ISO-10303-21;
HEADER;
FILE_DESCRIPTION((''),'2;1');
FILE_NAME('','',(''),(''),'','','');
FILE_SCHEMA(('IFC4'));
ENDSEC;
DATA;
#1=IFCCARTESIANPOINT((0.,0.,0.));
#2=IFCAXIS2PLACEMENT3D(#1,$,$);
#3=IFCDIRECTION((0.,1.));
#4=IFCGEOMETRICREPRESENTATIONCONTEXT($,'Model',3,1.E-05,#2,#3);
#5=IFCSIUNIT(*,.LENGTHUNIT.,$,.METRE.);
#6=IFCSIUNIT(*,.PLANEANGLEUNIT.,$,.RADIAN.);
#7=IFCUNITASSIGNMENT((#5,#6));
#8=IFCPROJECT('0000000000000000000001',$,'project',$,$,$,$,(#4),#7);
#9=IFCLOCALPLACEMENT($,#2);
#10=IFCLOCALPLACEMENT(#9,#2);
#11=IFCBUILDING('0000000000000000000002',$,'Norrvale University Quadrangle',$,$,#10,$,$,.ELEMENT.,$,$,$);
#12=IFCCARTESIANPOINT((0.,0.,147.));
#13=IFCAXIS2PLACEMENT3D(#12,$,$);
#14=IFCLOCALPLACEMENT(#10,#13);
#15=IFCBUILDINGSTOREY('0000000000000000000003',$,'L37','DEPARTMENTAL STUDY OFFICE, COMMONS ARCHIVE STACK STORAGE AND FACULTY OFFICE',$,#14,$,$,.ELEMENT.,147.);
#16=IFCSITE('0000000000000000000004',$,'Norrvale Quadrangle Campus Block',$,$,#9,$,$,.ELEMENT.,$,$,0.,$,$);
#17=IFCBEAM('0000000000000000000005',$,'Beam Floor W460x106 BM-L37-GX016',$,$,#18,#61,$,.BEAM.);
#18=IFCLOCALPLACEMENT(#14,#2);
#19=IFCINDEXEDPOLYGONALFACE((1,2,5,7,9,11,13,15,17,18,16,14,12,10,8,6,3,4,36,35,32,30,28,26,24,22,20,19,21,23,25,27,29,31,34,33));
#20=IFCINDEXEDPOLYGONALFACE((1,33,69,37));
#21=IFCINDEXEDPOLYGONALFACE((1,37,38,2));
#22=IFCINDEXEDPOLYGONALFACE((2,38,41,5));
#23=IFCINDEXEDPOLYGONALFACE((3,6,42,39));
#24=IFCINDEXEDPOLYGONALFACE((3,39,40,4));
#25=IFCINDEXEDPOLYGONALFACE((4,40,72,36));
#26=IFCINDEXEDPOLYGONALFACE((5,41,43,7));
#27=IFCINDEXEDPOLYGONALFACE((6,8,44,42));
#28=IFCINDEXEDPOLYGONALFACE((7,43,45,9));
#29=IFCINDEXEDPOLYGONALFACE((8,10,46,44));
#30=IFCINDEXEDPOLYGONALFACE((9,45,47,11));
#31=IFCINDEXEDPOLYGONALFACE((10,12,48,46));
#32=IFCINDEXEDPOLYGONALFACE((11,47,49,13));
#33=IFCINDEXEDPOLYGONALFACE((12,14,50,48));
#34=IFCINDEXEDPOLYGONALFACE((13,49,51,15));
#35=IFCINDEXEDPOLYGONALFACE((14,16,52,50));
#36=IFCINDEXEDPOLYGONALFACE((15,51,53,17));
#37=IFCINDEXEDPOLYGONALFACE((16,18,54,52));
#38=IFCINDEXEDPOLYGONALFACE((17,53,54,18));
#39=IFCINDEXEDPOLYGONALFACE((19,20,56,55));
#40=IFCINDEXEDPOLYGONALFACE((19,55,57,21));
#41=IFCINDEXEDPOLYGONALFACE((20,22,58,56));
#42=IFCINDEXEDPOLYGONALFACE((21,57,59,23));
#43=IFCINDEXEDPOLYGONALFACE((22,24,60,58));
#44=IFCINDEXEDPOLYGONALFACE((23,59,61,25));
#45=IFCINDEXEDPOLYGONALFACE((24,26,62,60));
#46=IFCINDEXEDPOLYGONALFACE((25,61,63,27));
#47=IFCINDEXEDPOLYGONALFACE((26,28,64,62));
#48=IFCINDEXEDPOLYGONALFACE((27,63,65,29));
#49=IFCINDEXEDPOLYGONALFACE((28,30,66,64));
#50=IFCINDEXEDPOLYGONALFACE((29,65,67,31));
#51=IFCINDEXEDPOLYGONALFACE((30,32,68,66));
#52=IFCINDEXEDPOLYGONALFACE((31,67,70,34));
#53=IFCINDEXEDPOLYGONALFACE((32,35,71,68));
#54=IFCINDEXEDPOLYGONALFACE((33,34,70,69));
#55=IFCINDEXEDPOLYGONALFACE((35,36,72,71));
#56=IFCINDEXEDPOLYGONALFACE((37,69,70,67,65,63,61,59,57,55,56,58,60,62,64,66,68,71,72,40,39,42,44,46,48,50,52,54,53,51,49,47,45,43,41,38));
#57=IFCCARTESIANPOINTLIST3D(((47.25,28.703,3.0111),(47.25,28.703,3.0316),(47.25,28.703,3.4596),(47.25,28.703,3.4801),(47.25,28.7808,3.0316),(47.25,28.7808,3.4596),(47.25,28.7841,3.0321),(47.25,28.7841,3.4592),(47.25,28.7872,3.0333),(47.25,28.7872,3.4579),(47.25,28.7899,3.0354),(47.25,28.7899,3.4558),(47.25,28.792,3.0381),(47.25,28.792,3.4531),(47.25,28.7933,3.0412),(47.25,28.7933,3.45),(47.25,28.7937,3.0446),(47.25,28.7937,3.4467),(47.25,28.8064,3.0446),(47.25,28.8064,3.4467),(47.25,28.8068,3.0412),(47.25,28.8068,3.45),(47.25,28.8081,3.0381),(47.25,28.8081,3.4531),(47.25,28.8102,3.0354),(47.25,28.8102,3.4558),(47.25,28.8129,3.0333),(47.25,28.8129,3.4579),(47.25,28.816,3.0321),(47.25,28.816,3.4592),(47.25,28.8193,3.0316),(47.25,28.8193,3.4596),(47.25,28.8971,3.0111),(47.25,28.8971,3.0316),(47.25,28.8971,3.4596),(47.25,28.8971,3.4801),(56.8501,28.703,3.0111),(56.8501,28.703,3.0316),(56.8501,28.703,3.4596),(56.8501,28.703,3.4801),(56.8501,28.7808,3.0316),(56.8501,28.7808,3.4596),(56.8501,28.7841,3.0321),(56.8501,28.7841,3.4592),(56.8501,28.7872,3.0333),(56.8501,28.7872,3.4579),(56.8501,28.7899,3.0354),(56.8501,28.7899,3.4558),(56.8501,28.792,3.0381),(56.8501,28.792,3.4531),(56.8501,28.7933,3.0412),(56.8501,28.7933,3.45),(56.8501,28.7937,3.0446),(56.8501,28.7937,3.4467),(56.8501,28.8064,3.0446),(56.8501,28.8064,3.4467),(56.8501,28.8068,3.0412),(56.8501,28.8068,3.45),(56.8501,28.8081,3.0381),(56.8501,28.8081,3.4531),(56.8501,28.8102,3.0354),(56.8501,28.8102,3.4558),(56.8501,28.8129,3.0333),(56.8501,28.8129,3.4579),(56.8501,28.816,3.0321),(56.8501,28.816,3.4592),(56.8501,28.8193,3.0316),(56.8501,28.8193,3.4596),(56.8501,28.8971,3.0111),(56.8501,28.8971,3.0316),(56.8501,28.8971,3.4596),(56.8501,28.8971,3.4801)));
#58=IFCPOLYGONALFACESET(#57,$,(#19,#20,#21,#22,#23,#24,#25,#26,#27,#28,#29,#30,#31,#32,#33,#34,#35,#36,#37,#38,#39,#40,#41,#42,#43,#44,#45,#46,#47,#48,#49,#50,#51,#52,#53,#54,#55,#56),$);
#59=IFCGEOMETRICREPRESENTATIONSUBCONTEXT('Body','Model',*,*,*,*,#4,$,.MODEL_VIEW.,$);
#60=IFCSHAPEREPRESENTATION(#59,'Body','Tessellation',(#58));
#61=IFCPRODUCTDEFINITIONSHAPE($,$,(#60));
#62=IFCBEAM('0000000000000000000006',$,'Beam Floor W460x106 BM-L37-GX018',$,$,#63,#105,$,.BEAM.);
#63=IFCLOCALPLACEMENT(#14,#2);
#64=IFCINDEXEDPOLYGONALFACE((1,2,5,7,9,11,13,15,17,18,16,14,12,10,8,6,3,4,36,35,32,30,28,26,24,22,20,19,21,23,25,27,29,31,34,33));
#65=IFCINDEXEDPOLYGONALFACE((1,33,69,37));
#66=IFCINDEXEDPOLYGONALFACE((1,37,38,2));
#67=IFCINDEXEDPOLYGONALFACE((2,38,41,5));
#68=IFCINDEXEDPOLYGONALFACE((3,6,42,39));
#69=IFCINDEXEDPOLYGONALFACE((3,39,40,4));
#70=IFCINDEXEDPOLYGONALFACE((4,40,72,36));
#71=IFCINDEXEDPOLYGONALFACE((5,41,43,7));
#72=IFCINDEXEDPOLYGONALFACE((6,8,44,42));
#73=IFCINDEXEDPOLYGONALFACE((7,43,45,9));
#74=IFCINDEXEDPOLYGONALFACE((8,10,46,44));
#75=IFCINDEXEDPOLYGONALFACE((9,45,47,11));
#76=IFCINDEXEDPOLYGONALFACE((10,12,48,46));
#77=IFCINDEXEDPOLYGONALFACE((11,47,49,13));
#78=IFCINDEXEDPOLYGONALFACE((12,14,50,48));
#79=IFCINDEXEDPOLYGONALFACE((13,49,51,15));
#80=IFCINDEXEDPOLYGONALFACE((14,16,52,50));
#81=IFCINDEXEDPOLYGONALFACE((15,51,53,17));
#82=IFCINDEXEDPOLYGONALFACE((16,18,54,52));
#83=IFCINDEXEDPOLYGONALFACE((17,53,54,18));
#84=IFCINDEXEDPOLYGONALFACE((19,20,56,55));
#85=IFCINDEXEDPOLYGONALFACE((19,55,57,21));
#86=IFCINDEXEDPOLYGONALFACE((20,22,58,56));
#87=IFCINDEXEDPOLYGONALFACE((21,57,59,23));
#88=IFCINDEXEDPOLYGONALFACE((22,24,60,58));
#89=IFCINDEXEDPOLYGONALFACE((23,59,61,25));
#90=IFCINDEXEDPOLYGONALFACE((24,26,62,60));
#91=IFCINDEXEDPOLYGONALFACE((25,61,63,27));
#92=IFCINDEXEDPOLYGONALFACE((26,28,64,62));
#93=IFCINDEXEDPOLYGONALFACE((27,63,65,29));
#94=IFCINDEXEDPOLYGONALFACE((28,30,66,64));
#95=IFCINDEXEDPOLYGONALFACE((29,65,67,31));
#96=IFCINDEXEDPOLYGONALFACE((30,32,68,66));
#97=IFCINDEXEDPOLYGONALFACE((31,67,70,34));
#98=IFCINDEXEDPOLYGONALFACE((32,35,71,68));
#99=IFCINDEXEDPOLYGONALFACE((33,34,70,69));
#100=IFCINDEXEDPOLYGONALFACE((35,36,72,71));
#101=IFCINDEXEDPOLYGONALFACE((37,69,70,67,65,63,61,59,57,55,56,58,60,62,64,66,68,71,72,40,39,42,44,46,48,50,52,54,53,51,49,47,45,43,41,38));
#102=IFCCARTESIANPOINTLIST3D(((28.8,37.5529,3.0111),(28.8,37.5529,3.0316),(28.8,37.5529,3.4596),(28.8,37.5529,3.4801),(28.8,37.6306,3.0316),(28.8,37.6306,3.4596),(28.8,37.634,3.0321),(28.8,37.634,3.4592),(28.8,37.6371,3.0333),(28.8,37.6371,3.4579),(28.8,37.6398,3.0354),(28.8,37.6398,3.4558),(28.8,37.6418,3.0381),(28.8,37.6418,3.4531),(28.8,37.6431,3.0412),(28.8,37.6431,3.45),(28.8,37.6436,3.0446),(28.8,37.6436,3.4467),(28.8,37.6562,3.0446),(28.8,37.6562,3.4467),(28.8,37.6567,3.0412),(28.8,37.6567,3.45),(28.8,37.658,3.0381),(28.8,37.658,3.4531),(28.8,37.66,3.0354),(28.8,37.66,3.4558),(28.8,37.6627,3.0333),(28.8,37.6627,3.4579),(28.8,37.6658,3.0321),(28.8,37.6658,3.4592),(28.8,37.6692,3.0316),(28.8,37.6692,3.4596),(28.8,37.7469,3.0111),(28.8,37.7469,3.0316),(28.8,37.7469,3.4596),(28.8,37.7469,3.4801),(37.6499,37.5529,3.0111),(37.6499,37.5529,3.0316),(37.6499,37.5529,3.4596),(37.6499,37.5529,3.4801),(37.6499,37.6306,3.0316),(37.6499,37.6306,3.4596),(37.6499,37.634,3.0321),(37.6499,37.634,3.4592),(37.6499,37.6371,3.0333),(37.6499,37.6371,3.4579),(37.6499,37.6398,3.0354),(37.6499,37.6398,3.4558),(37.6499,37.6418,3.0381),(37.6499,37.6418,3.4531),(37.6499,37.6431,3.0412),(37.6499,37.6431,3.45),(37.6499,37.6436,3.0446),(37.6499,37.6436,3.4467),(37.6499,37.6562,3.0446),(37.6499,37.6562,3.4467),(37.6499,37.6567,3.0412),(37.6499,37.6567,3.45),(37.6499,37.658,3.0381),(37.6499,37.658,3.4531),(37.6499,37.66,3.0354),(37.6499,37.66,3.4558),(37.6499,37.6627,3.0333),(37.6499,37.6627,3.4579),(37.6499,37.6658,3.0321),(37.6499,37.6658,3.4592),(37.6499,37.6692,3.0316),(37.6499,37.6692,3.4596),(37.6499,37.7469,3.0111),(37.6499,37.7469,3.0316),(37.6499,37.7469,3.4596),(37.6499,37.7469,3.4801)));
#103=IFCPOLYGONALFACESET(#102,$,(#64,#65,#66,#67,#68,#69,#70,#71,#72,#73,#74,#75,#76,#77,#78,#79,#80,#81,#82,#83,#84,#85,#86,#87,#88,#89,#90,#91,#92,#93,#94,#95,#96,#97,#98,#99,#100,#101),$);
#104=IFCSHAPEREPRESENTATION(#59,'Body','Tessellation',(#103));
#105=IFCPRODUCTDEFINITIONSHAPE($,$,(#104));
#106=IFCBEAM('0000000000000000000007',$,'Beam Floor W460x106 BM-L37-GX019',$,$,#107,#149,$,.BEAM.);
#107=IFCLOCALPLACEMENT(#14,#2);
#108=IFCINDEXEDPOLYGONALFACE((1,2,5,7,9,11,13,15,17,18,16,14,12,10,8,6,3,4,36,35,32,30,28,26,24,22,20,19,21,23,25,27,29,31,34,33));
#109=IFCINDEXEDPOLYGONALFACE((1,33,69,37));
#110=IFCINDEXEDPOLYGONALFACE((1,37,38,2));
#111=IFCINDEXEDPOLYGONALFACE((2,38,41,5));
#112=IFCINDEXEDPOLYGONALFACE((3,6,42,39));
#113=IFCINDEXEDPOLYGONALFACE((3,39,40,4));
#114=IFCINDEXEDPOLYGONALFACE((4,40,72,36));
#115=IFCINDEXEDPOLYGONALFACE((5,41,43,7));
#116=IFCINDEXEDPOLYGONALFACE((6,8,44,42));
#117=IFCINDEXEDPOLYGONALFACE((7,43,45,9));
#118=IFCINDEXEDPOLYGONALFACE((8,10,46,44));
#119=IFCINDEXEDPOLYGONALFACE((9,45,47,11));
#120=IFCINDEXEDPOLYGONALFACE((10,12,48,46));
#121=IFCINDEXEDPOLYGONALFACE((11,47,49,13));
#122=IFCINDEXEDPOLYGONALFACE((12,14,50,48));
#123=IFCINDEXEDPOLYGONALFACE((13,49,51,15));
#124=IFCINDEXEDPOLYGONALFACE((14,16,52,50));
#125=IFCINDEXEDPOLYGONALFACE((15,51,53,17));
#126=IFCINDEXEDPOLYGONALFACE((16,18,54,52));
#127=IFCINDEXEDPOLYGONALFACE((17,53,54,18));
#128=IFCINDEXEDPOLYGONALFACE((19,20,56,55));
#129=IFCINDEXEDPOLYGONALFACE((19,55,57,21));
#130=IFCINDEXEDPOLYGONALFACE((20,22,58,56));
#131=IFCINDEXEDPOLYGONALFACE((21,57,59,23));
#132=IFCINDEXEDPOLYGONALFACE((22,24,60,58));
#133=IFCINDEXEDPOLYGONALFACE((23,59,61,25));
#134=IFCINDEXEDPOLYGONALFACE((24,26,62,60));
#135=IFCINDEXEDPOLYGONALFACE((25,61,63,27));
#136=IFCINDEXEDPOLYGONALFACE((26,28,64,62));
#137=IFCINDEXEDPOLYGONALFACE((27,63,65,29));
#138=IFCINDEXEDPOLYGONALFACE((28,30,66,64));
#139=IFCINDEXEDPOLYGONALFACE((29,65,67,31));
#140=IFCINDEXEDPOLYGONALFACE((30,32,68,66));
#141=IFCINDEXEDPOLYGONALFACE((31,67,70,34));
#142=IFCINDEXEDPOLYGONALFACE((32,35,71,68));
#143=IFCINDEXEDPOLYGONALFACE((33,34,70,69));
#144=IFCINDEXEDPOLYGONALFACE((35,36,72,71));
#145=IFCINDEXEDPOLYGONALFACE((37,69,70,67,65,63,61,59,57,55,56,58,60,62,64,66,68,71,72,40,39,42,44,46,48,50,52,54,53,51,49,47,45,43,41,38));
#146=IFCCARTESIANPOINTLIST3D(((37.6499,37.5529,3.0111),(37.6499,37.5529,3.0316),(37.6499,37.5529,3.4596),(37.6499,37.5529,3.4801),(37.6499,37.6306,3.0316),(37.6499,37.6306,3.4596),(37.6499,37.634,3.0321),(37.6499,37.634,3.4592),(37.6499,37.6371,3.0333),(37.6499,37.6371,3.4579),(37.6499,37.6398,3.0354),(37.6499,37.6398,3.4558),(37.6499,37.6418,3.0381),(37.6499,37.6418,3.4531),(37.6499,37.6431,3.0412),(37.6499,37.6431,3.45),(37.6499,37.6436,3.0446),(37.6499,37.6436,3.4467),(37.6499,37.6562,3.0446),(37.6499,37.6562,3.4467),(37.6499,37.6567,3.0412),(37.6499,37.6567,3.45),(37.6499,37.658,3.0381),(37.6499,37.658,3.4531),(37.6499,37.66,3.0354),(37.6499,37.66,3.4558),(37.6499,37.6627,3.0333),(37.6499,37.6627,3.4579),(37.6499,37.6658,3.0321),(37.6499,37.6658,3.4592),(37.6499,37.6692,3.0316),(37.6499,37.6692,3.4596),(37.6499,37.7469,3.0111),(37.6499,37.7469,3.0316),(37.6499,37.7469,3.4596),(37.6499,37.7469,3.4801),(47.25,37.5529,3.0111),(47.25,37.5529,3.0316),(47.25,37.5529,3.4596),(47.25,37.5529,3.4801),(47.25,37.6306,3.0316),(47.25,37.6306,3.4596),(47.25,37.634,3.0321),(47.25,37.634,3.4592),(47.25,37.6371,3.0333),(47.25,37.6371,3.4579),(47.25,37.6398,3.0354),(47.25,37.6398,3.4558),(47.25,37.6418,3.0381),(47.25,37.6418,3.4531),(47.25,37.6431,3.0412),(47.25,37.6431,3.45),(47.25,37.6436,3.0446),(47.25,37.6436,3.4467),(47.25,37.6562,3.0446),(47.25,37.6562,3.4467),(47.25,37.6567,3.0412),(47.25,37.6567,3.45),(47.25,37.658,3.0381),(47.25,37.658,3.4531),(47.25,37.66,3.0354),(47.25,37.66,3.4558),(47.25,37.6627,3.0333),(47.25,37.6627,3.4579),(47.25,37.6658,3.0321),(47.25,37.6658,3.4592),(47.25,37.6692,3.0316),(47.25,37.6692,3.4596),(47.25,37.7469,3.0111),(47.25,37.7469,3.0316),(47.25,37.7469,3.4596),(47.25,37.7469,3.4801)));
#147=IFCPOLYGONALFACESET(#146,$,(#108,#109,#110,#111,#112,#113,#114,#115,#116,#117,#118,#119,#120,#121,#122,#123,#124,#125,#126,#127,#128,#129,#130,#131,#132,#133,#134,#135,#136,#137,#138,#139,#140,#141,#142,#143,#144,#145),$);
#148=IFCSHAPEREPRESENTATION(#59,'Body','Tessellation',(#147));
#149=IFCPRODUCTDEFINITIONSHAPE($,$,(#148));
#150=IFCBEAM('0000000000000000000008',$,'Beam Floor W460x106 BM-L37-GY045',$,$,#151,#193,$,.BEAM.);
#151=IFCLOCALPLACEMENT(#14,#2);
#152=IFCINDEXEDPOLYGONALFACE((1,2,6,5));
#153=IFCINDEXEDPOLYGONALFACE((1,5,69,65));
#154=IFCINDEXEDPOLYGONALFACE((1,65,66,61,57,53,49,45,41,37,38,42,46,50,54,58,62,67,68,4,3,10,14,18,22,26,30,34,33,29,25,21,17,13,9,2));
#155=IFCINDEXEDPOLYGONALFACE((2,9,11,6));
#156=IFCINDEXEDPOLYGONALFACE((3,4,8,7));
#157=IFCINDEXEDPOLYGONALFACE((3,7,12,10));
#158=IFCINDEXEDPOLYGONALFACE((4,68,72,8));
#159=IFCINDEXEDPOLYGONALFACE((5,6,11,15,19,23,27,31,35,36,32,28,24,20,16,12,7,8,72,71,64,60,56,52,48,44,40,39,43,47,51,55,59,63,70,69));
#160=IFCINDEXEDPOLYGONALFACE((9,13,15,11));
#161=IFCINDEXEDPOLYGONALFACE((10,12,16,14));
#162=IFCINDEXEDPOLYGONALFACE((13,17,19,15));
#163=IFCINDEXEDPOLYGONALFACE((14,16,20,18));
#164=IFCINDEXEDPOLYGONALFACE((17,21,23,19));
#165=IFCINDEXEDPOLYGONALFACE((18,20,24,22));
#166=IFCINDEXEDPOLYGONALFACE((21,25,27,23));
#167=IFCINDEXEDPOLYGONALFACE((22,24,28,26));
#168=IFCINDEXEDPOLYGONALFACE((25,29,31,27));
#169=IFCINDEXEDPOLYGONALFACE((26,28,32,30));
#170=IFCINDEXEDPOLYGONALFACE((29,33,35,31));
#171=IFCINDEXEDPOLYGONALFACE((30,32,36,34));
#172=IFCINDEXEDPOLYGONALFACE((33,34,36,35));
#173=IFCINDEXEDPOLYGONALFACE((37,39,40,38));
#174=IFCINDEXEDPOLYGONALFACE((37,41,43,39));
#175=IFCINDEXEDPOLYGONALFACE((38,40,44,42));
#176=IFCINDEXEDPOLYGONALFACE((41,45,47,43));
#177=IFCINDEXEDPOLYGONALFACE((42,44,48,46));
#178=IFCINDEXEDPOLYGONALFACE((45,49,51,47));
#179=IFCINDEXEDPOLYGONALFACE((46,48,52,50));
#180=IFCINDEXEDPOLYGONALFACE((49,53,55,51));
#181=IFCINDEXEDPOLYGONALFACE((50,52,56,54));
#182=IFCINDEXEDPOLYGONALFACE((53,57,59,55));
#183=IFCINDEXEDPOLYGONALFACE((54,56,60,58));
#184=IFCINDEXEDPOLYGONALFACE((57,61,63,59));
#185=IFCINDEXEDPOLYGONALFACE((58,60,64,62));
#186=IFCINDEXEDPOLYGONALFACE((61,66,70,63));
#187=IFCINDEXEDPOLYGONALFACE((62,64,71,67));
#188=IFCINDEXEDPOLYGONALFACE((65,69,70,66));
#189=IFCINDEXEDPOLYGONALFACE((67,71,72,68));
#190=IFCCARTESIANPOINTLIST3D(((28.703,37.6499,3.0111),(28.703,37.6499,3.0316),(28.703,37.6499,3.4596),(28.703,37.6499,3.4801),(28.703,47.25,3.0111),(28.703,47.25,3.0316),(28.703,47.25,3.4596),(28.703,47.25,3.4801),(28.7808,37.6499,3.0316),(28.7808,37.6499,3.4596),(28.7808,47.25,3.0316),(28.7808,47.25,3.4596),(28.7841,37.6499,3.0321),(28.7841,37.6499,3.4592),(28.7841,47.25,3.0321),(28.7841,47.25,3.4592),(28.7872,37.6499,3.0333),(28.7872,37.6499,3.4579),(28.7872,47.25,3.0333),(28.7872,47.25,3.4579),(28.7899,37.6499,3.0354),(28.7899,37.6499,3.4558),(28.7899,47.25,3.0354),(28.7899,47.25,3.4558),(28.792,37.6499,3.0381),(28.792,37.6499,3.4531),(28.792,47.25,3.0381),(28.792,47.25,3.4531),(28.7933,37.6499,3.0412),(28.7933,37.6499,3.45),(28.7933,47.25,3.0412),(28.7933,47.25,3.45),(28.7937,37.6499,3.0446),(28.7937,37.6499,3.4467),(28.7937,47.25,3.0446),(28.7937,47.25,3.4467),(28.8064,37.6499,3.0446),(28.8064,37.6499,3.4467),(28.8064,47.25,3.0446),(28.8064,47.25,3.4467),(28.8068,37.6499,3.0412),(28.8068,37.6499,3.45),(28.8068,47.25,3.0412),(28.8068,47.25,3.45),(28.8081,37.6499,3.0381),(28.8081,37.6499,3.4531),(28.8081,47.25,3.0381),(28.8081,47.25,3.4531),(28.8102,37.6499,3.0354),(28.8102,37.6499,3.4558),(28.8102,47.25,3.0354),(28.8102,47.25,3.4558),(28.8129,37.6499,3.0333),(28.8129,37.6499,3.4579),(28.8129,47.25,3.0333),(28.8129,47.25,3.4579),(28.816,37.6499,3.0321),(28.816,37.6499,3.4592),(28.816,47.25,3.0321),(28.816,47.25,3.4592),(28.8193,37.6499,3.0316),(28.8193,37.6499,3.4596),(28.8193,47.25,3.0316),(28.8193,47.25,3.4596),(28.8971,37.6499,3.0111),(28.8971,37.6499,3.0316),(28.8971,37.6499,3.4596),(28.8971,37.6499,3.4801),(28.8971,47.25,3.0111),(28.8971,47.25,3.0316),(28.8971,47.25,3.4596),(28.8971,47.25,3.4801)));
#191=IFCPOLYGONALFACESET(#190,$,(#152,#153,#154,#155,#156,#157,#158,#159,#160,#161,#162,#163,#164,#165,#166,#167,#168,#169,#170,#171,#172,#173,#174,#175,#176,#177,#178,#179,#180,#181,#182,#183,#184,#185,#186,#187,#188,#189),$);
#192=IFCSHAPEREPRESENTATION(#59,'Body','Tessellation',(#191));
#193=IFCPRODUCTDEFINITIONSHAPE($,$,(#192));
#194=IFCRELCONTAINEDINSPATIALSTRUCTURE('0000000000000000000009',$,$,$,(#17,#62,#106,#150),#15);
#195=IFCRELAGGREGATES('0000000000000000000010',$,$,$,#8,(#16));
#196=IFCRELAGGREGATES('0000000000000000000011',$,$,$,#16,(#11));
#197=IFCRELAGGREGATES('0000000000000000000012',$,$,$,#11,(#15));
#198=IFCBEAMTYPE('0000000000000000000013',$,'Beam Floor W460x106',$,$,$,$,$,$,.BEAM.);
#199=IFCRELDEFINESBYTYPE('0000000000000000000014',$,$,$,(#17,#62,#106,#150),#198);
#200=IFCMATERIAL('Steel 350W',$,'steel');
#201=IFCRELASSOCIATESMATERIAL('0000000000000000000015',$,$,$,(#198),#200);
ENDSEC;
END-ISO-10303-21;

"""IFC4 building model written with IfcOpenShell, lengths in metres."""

from ifc_helpers import new_model, si_unit, direction, frame, origin, origin_2d, place, context, subcontext, project, spatial, i_section, extrude, material, material_profile, profile_set, type_object, element, save


model = new_model("IFC4")

# Units and contexts
model_context = context("Model", 3, precision=1e-05, world=origin(), true_north=direction((0.0, 1.0)))
body_context = subcontext(model_context, "Body", "Model", "MODEL_VIEW")
ifc_project = project(units=[si_unit("LENGTHUNIT", "METRE"), si_unit("PLANEANGLEUNIT", "RADIAN")], contexts=[model_context])

# Site, building, storey
site_placement = place(None, origin())
site = spatial("IfcSite", under=ifc_project, at=site_placement, Name="Norrvale Quadrangle Campus Block", CompositionType="ELEMENT", RefElevation=0.0)
building_placement = place(site_placement, origin())
building = spatial("IfcBuilding", under=site, at=building_placement, Name="Norrvale University Quadrangle", CompositionType="ELEMENT")
storey_placement = place(building_placement, frame((0.0, 0.0, 147.0)))
storey = spatial("IfcBuildingStorey", under=building, at=storey_placement, Name="L37", Description="DEPARTMENTAL STUDY OFFICE, COMMONS ARCHIVE STACK STORAGE AND FACULTY OFFICE", CompositionType="ELEMENT", Elevation=147.0)

# Beams
ifc_material_1 = material(Name="Steel 350W", Category="steel")
ifc_material_profile_1 = material_profile(ifc_material_1, i_section(OverallWidth=0.1941, OverallDepth=0.469, WebThickness=0.0127, FlangeThickness=0.0205, FilletRadius=0.0129, at=origin_2d()), Name="Steel 350W")
ifc_profile_set_1 = profile_set([ifc_material_profile_1], Name="Steel 350W")
beam_type_1 = type_object("IfcBeamType", Name="Beam Floor W460x106", PredefinedType="BEAM", material=ifc_profile_set_1)
for number, where, z_axis, x_axis, name in (
    (1, (47.25, 28.8, 3.2456), (1.0, 0.0, 0.0), (0.0, 1.0, 0.0), "Beam Floor W460x106 BM-L37-GX016"),
):
    element("IfcBeam", number, at=place(storey_placement, frame(where, z_axis=z_axis, x_axis=x_axis)), inside=storey, type_object=beam_type_1, Name=name, PredefinedType="BEAM", context=body_context, shape_type="SweptSolid", body=[
        extrude(i_section(OverallWidth=0.1941, OverallDepth=0.469, WebThickness=0.0127, FlangeThickness=0.0205, FilletRadius=0.0129, at=origin_2d()), origin(), (0.0, 0.0, 1.0), 9.6001),
    ])
beam_1_placement = place(storey_placement, frame((28.8, 37.6499, 3.2456), z_axis=(1.0, 0.0, 0.0), x_axis=(0.0, 1.0, 0.0)))
element("IfcBeam", 2, at=beam_1_placement, inside=storey, type_object=beam_type_1, Name="Beam Floor W460x106 BM-L37-GX018", PredefinedType="BEAM", context=body_context, shape_type="SweptSolid", body=[
    extrude(i_section(OverallWidth=0.1941, OverallDepth=0.469, WebThickness=0.0127, FlangeThickness=0.0205, FilletRadius=0.0129, at=origin_2d()), origin(), (0.0, 0.0, 1.0), 8.8499),
])
for number, where, z_axis, x_axis, name in (
    (3, (37.6499, 37.6499, 3.2456), (1.0, 0.0, 0.0), (0.0, 1.0, 0.0), "Beam Floor W460x106 BM-L37-GX019"),
    (4, (28.8, 37.6499, 3.2456), (0.0, 1.0, 0.0), (-1.0, 0.0, 0.0), "Beam Floor W460x106 BM-L37-GY045"),
):
    element("IfcBeam", number, at=place(storey_placement, frame(where, z_axis=z_axis, x_axis=x_axis)), inside=storey, type_object=beam_type_1, Name=name, PredefinedType="BEAM", context=body_context, shape_type="SweptSolid", body=[
        extrude(i_section(OverallWidth=0.1941, OverallDepth=0.469, WebThickness=0.0127, FlangeThickness=0.0205, FilletRadius=0.0129, at=origin_2d()), origin(), (0.0, 0.0, 1.0), 9.6001),
    ])

save(model, "model.ifc")
